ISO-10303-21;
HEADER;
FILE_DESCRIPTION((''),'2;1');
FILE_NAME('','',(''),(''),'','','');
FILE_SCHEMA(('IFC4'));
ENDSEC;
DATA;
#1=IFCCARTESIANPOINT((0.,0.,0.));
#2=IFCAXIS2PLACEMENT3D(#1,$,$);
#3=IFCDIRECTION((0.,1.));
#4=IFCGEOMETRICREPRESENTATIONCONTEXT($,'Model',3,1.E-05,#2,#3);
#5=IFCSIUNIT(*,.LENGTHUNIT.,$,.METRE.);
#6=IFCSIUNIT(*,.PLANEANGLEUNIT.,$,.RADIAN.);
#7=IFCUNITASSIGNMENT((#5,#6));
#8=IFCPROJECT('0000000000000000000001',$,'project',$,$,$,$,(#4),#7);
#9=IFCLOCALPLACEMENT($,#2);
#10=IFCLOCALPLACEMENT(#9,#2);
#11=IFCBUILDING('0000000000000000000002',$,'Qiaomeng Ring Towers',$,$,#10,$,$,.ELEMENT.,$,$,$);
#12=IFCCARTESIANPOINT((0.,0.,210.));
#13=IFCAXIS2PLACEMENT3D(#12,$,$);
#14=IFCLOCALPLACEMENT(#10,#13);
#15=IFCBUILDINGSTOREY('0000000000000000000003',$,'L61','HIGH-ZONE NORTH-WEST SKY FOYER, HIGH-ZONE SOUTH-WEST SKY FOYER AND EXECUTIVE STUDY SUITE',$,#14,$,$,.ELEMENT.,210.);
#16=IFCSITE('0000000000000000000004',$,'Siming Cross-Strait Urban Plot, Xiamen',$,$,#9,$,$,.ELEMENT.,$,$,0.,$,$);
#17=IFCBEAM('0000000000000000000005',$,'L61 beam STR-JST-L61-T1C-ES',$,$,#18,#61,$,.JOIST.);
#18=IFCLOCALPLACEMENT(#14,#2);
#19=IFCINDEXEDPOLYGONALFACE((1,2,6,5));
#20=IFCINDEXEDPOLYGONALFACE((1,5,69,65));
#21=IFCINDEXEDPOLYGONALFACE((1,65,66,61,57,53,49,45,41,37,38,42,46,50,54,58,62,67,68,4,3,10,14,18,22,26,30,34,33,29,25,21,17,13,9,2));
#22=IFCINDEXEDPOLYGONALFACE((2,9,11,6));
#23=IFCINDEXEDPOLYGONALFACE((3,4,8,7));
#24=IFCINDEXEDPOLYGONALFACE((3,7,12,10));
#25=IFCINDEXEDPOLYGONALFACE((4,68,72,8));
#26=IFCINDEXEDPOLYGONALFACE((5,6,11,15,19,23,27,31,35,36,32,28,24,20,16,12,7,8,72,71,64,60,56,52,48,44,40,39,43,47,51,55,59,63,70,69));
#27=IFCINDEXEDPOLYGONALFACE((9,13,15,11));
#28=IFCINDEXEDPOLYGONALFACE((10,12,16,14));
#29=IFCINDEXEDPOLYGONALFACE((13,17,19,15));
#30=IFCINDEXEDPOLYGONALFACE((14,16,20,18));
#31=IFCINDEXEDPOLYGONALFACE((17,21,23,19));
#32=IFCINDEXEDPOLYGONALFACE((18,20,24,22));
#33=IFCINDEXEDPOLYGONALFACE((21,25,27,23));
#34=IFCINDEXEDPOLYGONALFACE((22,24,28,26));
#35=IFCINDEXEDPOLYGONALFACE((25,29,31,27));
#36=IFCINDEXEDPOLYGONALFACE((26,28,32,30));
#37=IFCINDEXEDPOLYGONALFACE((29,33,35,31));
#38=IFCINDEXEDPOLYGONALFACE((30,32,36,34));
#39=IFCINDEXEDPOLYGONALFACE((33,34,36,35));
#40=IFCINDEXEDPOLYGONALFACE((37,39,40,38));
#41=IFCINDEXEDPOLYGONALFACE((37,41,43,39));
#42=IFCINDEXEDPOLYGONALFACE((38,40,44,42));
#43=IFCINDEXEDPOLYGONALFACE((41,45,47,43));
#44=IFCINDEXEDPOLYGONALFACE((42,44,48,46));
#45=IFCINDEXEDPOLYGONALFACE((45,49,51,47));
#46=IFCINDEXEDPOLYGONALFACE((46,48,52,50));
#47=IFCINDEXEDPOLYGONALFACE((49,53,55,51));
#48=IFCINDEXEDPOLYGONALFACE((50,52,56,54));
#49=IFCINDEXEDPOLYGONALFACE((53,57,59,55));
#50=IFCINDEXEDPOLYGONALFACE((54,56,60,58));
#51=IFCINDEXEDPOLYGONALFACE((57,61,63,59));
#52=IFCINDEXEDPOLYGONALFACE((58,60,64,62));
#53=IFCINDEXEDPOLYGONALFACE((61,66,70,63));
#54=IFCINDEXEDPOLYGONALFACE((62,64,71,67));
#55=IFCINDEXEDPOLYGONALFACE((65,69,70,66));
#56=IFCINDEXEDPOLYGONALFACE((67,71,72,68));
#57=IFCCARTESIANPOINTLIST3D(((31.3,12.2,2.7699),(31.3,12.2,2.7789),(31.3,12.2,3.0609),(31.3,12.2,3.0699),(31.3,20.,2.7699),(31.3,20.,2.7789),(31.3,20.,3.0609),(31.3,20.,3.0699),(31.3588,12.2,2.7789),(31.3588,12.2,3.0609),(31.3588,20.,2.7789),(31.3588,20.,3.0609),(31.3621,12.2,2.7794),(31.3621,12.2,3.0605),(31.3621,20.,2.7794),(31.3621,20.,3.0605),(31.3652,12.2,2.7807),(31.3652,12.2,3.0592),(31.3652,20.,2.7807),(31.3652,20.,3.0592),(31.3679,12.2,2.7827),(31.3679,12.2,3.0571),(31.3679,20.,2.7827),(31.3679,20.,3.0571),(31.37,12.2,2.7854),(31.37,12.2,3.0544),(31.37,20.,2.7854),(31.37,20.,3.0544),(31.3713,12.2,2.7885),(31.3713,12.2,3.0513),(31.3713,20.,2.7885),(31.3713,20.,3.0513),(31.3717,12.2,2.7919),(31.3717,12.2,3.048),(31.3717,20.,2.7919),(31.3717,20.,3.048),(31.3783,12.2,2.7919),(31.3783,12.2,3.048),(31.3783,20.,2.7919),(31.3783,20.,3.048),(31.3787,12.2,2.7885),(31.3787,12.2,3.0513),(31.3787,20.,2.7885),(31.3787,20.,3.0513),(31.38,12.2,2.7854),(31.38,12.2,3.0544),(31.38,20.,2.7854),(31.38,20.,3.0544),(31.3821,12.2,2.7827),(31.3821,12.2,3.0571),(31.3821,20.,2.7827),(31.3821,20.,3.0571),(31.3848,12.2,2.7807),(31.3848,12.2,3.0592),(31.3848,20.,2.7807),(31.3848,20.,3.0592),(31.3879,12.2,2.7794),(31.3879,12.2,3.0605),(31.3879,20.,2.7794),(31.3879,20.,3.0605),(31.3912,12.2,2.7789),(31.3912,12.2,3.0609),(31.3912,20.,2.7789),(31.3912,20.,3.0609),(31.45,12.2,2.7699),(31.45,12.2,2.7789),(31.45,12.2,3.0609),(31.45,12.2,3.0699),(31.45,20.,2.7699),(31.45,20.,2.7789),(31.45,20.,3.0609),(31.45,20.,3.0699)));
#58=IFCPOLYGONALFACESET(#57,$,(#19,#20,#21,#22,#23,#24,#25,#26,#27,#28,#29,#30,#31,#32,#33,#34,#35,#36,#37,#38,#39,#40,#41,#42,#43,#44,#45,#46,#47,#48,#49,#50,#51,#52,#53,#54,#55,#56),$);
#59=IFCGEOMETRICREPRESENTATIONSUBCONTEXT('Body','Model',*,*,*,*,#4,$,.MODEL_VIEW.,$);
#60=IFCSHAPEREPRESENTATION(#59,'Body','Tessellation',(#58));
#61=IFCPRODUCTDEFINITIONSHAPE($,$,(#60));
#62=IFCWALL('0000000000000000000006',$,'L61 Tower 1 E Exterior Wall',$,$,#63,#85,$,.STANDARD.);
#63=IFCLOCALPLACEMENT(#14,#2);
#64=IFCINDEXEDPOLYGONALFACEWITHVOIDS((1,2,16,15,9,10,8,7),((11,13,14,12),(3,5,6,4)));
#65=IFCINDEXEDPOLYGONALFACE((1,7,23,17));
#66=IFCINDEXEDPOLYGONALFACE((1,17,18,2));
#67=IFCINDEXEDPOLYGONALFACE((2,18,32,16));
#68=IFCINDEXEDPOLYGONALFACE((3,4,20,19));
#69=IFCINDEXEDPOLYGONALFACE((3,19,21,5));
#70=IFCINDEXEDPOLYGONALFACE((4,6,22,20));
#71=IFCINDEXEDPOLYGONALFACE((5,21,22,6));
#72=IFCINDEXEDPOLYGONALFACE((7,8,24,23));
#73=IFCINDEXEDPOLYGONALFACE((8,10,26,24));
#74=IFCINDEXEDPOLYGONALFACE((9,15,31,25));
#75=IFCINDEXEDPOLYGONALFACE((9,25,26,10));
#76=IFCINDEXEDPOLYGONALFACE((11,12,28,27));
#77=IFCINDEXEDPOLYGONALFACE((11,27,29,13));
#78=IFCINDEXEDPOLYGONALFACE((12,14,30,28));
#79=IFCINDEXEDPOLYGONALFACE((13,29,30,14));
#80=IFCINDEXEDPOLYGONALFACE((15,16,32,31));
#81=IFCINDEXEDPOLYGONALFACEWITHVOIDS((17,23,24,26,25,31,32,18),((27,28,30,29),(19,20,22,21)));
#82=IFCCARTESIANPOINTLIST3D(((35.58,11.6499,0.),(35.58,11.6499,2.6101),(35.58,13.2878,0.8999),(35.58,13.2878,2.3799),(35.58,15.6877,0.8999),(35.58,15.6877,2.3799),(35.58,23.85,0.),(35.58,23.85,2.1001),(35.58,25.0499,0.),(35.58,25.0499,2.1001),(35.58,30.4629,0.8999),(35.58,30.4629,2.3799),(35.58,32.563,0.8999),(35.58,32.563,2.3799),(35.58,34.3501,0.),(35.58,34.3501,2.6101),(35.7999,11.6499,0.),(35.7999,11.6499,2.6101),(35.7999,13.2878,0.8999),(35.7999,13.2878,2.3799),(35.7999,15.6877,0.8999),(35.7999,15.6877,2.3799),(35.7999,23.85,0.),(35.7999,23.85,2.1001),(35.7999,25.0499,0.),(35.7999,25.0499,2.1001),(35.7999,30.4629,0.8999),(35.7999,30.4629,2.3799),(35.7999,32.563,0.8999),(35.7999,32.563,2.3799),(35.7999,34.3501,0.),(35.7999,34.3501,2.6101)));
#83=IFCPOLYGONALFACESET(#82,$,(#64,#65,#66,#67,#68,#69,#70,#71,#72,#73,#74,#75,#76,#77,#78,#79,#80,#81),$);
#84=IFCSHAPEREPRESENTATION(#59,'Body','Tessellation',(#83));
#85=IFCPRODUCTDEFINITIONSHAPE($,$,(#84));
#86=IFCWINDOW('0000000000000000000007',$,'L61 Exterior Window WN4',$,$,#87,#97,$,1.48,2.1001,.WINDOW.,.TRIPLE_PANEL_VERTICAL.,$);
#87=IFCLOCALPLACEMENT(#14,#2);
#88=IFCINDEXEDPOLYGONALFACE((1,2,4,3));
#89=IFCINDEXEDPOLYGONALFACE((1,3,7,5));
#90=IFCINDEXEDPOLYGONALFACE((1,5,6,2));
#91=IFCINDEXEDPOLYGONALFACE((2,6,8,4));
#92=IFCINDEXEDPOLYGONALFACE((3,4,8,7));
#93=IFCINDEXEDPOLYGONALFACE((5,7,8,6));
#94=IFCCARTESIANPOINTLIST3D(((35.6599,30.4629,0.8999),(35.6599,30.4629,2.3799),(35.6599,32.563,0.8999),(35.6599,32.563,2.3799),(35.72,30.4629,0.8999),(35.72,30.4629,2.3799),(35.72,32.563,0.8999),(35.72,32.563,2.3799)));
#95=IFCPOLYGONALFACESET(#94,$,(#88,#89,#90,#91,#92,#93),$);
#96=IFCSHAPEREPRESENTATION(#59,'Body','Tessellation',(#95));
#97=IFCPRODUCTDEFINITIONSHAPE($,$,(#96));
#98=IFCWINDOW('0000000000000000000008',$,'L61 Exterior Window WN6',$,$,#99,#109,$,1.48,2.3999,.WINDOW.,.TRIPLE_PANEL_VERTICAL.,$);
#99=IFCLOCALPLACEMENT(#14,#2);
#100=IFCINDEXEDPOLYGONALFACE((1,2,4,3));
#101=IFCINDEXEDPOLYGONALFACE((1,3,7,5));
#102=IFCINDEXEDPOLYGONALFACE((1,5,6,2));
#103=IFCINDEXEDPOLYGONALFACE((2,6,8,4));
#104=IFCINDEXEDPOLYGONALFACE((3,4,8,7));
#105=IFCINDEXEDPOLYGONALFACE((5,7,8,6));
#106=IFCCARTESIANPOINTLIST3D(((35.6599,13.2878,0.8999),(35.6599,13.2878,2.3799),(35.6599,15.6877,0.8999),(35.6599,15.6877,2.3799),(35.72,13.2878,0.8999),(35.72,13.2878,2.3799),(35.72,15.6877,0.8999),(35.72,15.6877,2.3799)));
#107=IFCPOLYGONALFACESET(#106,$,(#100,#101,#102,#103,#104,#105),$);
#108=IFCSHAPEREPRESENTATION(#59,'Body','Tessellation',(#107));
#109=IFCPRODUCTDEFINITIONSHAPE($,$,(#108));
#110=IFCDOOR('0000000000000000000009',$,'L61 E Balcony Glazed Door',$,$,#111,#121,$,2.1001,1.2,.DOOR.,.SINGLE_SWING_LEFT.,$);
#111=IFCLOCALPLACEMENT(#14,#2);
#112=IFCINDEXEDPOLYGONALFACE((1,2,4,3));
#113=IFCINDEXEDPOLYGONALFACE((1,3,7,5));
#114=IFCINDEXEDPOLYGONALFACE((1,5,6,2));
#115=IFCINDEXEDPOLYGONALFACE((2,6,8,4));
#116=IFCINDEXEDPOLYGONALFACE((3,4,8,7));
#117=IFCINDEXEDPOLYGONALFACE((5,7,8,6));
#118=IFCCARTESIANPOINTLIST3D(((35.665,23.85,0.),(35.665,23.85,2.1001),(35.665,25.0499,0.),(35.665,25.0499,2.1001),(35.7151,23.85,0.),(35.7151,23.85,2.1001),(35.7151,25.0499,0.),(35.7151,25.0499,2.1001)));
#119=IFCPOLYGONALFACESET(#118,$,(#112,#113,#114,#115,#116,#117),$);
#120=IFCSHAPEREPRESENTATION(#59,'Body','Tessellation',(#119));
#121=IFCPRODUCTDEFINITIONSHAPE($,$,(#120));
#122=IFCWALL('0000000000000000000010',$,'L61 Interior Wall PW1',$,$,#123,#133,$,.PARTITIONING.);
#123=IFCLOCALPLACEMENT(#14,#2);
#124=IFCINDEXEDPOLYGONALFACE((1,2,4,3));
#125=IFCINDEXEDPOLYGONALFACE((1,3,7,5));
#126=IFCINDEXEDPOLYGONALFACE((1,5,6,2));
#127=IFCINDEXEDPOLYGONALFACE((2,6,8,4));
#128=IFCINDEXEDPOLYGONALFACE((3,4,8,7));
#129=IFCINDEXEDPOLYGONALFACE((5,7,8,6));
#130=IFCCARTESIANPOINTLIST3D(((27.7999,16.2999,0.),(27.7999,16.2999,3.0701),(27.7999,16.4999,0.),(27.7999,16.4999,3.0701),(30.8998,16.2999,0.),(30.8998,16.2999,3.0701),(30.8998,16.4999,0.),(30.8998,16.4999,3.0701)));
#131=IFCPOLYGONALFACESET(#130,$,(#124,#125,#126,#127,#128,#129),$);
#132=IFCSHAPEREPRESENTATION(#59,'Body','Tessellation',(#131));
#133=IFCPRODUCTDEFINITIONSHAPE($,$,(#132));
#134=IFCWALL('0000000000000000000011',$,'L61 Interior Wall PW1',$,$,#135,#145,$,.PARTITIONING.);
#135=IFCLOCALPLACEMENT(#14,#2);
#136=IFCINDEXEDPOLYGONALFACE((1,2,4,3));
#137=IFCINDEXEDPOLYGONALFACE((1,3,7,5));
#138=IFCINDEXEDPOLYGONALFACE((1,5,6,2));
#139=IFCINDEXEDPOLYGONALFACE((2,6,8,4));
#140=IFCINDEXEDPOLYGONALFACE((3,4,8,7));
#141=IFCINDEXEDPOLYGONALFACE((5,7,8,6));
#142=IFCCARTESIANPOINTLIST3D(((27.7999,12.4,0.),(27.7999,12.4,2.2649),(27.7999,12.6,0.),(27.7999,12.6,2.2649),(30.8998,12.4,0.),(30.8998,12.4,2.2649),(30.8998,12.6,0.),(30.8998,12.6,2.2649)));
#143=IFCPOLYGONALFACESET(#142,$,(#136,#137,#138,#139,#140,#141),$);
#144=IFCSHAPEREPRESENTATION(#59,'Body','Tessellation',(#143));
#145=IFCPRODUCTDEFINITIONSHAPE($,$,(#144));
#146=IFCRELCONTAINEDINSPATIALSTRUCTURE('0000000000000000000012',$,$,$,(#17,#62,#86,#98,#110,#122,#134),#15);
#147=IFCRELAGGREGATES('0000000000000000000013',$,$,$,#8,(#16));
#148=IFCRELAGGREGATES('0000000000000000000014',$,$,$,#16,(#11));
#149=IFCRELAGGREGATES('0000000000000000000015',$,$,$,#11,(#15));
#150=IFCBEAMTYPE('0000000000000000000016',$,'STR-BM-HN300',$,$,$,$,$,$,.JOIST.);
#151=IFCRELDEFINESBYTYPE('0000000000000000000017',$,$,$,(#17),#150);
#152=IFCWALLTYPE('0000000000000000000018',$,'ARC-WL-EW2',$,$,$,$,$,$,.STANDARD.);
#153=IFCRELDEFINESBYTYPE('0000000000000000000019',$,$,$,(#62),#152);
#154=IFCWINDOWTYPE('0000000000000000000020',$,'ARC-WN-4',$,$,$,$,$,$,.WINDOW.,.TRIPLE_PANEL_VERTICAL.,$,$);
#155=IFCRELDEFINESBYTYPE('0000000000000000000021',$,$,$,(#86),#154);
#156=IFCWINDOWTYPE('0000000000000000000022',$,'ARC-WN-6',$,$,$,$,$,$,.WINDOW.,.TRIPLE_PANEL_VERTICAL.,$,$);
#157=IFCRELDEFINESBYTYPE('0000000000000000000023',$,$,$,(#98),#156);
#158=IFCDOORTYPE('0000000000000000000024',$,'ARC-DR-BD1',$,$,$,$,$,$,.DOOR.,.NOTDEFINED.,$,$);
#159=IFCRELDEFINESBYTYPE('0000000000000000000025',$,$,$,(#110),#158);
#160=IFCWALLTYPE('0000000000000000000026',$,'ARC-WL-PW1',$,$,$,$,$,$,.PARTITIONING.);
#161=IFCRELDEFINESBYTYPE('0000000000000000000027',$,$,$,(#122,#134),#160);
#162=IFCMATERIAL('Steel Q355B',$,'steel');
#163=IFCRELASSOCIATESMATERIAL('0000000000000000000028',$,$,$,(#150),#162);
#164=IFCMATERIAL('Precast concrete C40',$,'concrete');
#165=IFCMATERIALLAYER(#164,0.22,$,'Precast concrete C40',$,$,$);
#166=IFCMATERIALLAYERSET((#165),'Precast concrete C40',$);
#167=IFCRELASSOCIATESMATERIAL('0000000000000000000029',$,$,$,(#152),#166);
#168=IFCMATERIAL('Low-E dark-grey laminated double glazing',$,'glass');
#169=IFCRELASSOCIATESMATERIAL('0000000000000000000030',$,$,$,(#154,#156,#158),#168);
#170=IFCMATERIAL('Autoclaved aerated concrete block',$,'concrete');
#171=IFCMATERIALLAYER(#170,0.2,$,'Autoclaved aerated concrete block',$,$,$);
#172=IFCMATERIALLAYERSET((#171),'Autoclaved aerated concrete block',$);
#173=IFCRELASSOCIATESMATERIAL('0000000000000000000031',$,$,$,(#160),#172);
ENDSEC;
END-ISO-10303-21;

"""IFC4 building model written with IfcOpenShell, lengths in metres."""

from ifc_helpers import new_model, si_unit, direction, frame, frame_2d, origin, origin_2d, place, context, subcontext, project, spatial, rectangle, i_section, extrude, source, transform, mapped, material, layer, layer_set, material_profile, profile_set, type_object, element, fill, save


model = new_model("IFC4")

# Units and contexts
model_context = context("Model", 3, precision=1e-05, world=origin(), true_north=direction((0.0, 1.0)))
body_context = subcontext(model_context, "Body", "Model", "MODEL_VIEW")
ifc_project = project(units=[si_unit("LENGTHUNIT", "METRE"), si_unit("PLANEANGLEUNIT", "RADIAN")], contexts=[model_context])

# Site, building, storey
site_placement = place(None, origin())
site = spatial("IfcSite", under=ifc_project, at=site_placement, Name="Siming Cross-Strait Urban Plot, Xiamen", CompositionType="ELEMENT", RefElevation=0.0)
building_placement = place(site_placement, origin())
building = spatial("IfcBuilding", under=site, at=building_placement, Name="Qiaomeng Ring Towers", CompositionType="ELEMENT")
storey_placement = place(building_placement, frame((0.0, 0.0, 210.0)))
storey = spatial("IfcBuildingStorey", under=building, at=storey_placement, Name="L61", Description="HIGH-ZONE NORTH-WEST SKY FOYER, HIGH-ZONE SOUTH-WEST SKY FOYER AND EXECUTIVE STUDY SUITE", CompositionType="ELEMENT", Elevation=210.0)

# Beam
ifc_material_1 = material(Name="Steel Q355B", Category="steel")
ifc_material_profile_1 = material_profile(ifc_material_1, i_section(OverallWidth=0.1499, OverallDepth=0.3, WebThickness=0.0066, FlangeThickness=0.009, FilletRadius=0.0129, at=origin_2d()), Name="HN 300x150x6.5x9")
ifc_profile_set_1 = profile_set([ifc_material_profile_1], Name="Steel Q355B")
beam_type_1 = type_object("IfcBeamType", Name="STR-BM-HN300", PredefinedType="JOIST", material=ifc_profile_set_1)
shared_shape_1 = source(origin(), body_context, "Body", "SweptSolid", [
    extrude(i_section(OverallWidth=0.1499, OverallDepth=0.3, WebThickness=0.0066, FlangeThickness=0.009, FilletRadius=0.0129, at=origin_2d()), origin(), (0.0, 0.0, 1.0), 7.8),
])
beam_1_placement = place(storey_placement, frame((31.375, 12.2, 2.9199), z_axis=(0.0, 1.0, 0.0), x_axis=(-1.0, 0.0, 0.0)))
element("IfcBeam", 1, at=beam_1_placement, inside=storey, type_object=beam_type_1, Name="L61 beam STR-JST-L61-T1C-ES", PredefinedType="JOIST", context=body_context, shape_type="MappedRepresentation", body=[
    mapped(shared_shape_1, transform((0.0, 0.0, 0.0), x_axis=(1.0, 0.0, 0.0), y_axis=(0.0, 1.0, 0.0), z_axis=(0.0, 0.0, 1.0), scale=1.0)),
])

# Wall, openings, windows, door
ifc_material_2 = material(Name="Precast concrete C40", Category="concrete")
ifc_layer_1 = layer(ifc_material_2, 0.22, Name="Precast concrete C40")
ifc_layer_set_1 = layer_set([ifc_layer_1], Name="Precast concrete C40")
wall_type_1 = type_object("IfcWallType", Name="ARC-WL-EW2", PredefinedType="STANDARD", material=ifc_layer_set_1)
wall_1_placement = place(storey_placement, frame((35.6899, 11.6499, 0.0), z_axis=(0.0, 0.0, 1.0), x_axis=(0.0, 1.0, 0.0)))
wall_1 = element("IfcWall", 2, at=wall_1_placement, inside=storey, type_object=wall_type_1, Name="L61 Tower 1 E Exterior Wall", PredefinedType="STANDARD", context=body_context, shape_type="SweptSolid", body=[
    extrude(rectangle(XDim=22.7002, YDim=0.22, at=frame_2d((11.3501, 0.0))), origin(), (0.0, 0.0, 1.0), 2.6101),
])
opening_1_placement = place(wall_1_placement, frame((12.2, 0.0, 0.0)))
opening_1 = element("IfcOpeningElement", 3, at=opening_1_placement, cuts=wall_1, PredefinedType="OPENING", context=body_context, shape_type="SweptSolid", body=[
    extrude(rectangle(XDim=1.2, YDim=2.1001, at=frame_2d((0.6001, 1.05))), frame((0.0, 0.1199, 0.0), z_axis=(0.0, -1.0, 0.0), x_axis=(1.0, 0.0, 0.0)), (0.0, 0.0, 1.0), 0.24),
])
opening_2_placement = place(wall_1_placement, frame((1.6379, 0.0, 0.8999)))
opening_2 = element("IfcOpeningElement", 4, at=opening_2_placement, cuts=wall_1, PredefinedType="OPENING", context=body_context, shape_type="SweptSolid", body=[
    extrude(rectangle(XDim=2.3999, YDim=1.48, at=frame_2d((1.2, 0.74))), frame((0.0, 0.1199, 0.0), z_axis=(0.0, -1.0, 0.0), x_axis=(1.0, 0.0, 0.0)), (0.0, 0.0, 1.0), 0.24),
])
opening_3_placement = place(wall_1_placement, frame((18.813, 0.0, 0.8999)))
opening_3 = element("IfcOpeningElement", 5, at=opening_3_placement, cuts=wall_1, PredefinedType="OPENING", context=body_context, shape_type="SweptSolid", body=[
    extrude(rectangle(XDim=2.1001, YDim=1.48, at=frame_2d((1.05, 0.74))), frame((0.0, 0.1199, 0.0), z_axis=(0.0, -1.0, 0.0), x_axis=(1.0, 0.0, 0.0)), (0.0, 0.0, 1.0), 0.24),
])
ifc_material_3 = material(Name="Low-E dark-grey laminated double glazing", Category="glass")
window_type_1 = type_object("IfcWindowType", Name="ARC-WN-4", PartitioningType="TRIPLE_PANEL_VERTICAL", PredefinedType="WINDOW", material=ifc_material_3)
shared_shape_2 = source(origin(), body_context, "Body", "SweptSolid", [
    extrude(rectangle(XDim=2.1001, YDim=1.48, at=frame_2d((1.05, 0.74))), frame((0.0, 0.03, 0.0), z_axis=(0.0, -1.0, 0.0), x_axis=(1.0, 0.0, 0.0)), (0.0, 0.0, 1.0), 0.0601),
])
window_1_placement = place(opening_3_placement, origin())
window_1 = element("IfcWindow", 6, at=window_1_placement, inside=storey, type_object=window_type_1, Name="L61 Exterior Window WN4", OverallHeight=1.48, OverallWidth=2.1001, PartitioningType="TRIPLE_PANEL_VERTICAL", PredefinedType="WINDOW", context=body_context, shape_type="MappedRepresentation", body=[
    mapped(shared_shape_2, transform((0.0, 0.0, 0.0), x_axis=(1.0, 0.0, 0.0), y_axis=(0.0, 1.0, 0.0), z_axis=(0.0, 0.0, 1.0), scale=1.0)),
])
fill(opening_3, window_1)
window_type_2 = type_object("IfcWindowType", Name="ARC-WN-6", PartitioningType="TRIPLE_PANEL_VERTICAL", PredefinedType="WINDOW", material=ifc_material_3)
shared_shape_3 = source(origin(), body_context, "Body", "SweptSolid", [
    extrude(rectangle(XDim=2.3999, YDim=1.48, at=frame_2d((1.2, 0.74))), frame((0.0, 0.03, 0.0), z_axis=(0.0, -1.0, 0.0), x_axis=(1.0, 0.0, 0.0)), (0.0, 0.0, 1.0), 0.0601),
])
window_2_placement = place(opening_2_placement, origin())
window_2 = element("IfcWindow", 7, at=window_2_placement, inside=storey, type_object=window_type_2, Name="L61 Exterior Window WN6", OverallHeight=1.48, OverallWidth=2.3999, PartitioningType="TRIPLE_PANEL_VERTICAL", PredefinedType="WINDOW", context=body_context, shape_type="MappedRepresentation", body=[
    mapped(shared_shape_3, transform((0.0, 0.0, 0.0), x_axis=(1.0, 0.0, 0.0), y_axis=(0.0, 1.0, 0.0), z_axis=(0.0, 0.0, 1.0), scale=1.0)),
])
fill(opening_2, window_2)
door_type_1 = type_object("IfcDoorType", Name="ARC-DR-BD1", OperationType="NOTDEFINED", PredefinedType="DOOR", material=ifc_material_3)
shared_shape_4 = source(origin(), body_context, "Body", "SweptSolid", [
    extrude(rectangle(XDim=1.2, YDim=2.1001, at=frame_2d((0.6001, 1.05))), frame((0.0, 0.0249, 0.0), z_axis=(0.0, -1.0, 0.0), x_axis=(1.0, 0.0, 0.0)), (0.0, 0.0, 1.0), 0.05),
])
door_1_placement = place(opening_1_placement, origin())
door_1 = element("IfcDoor", 8, at=door_1_placement, inside=storey, type_object=door_type_1, Name="L61 E Balcony Glazed Door", OperationType="SINGLE_SWING_LEFT", OverallHeight=2.1001, OverallWidth=1.2, PredefinedType="DOOR", context=body_context, shape_type="MappedRepresentation", body=[
    mapped(shared_shape_4, transform((0.0, 0.0, 0.0), x_axis=(1.0, 0.0, 0.0), y_axis=(0.0, 1.0, 0.0), z_axis=(0.0, 0.0, 1.0), scale=1.0)),
])
fill(opening_1, door_1)

# Walls
ifc_material_4 = material(Name="Autoclaved aerated concrete block", Category="concrete")
ifc_layer_2 = layer(ifc_material_4, 0.2, Name="Autoclaved aerated concrete block")
ifc_layer_set_2 = layer_set([ifc_layer_2], Name="Autoclaved aerated concrete block")
wall_type_2 = type_object("IfcWallType", Name="ARC-WL-PW1", PredefinedType="PARTITIONING", material=ifc_layer_set_2)
wall_2_placement = place(storey_placement, frame((27.8, 16.3999, 0.0), z_axis=(0.0, 0.0, 1.0), x_axis=(1.0, 0.0, 0.0)))
element("IfcWall", 9, at=wall_2_placement, inside=storey, type_object=wall_type_2, Name="L61 Interior Wall PW1", PredefinedType="PARTITIONING", context=body_context, shape_type="SweptSolid", body=[
    extrude(rectangle(XDim=3.0999, YDim=0.2, at=frame_2d((1.5498, 0.0))), origin(), (0.0, 0.0, 1.0), 3.0701),
])
wall_3_placement = place(storey_placement, frame((27.8, 12.5, 0.0), z_axis=(0.0, 0.0, 1.0), x_axis=(1.0, 0.0, 0.0)))
element("IfcWall", 10, at=wall_3_placement, inside=storey, type_object=wall_type_2, Name="L61 Interior Wall PW1", PredefinedType="PARTITIONING", context=body_context, shape_type="SweptSolid", body=[
    extrude(rectangle(XDim=3.0999, YDim=0.2, at=frame_2d((1.5498, 0.0))), origin(), (0.0, 0.0, 1.0), 2.2649),
])

save(model, "model.ifc")
